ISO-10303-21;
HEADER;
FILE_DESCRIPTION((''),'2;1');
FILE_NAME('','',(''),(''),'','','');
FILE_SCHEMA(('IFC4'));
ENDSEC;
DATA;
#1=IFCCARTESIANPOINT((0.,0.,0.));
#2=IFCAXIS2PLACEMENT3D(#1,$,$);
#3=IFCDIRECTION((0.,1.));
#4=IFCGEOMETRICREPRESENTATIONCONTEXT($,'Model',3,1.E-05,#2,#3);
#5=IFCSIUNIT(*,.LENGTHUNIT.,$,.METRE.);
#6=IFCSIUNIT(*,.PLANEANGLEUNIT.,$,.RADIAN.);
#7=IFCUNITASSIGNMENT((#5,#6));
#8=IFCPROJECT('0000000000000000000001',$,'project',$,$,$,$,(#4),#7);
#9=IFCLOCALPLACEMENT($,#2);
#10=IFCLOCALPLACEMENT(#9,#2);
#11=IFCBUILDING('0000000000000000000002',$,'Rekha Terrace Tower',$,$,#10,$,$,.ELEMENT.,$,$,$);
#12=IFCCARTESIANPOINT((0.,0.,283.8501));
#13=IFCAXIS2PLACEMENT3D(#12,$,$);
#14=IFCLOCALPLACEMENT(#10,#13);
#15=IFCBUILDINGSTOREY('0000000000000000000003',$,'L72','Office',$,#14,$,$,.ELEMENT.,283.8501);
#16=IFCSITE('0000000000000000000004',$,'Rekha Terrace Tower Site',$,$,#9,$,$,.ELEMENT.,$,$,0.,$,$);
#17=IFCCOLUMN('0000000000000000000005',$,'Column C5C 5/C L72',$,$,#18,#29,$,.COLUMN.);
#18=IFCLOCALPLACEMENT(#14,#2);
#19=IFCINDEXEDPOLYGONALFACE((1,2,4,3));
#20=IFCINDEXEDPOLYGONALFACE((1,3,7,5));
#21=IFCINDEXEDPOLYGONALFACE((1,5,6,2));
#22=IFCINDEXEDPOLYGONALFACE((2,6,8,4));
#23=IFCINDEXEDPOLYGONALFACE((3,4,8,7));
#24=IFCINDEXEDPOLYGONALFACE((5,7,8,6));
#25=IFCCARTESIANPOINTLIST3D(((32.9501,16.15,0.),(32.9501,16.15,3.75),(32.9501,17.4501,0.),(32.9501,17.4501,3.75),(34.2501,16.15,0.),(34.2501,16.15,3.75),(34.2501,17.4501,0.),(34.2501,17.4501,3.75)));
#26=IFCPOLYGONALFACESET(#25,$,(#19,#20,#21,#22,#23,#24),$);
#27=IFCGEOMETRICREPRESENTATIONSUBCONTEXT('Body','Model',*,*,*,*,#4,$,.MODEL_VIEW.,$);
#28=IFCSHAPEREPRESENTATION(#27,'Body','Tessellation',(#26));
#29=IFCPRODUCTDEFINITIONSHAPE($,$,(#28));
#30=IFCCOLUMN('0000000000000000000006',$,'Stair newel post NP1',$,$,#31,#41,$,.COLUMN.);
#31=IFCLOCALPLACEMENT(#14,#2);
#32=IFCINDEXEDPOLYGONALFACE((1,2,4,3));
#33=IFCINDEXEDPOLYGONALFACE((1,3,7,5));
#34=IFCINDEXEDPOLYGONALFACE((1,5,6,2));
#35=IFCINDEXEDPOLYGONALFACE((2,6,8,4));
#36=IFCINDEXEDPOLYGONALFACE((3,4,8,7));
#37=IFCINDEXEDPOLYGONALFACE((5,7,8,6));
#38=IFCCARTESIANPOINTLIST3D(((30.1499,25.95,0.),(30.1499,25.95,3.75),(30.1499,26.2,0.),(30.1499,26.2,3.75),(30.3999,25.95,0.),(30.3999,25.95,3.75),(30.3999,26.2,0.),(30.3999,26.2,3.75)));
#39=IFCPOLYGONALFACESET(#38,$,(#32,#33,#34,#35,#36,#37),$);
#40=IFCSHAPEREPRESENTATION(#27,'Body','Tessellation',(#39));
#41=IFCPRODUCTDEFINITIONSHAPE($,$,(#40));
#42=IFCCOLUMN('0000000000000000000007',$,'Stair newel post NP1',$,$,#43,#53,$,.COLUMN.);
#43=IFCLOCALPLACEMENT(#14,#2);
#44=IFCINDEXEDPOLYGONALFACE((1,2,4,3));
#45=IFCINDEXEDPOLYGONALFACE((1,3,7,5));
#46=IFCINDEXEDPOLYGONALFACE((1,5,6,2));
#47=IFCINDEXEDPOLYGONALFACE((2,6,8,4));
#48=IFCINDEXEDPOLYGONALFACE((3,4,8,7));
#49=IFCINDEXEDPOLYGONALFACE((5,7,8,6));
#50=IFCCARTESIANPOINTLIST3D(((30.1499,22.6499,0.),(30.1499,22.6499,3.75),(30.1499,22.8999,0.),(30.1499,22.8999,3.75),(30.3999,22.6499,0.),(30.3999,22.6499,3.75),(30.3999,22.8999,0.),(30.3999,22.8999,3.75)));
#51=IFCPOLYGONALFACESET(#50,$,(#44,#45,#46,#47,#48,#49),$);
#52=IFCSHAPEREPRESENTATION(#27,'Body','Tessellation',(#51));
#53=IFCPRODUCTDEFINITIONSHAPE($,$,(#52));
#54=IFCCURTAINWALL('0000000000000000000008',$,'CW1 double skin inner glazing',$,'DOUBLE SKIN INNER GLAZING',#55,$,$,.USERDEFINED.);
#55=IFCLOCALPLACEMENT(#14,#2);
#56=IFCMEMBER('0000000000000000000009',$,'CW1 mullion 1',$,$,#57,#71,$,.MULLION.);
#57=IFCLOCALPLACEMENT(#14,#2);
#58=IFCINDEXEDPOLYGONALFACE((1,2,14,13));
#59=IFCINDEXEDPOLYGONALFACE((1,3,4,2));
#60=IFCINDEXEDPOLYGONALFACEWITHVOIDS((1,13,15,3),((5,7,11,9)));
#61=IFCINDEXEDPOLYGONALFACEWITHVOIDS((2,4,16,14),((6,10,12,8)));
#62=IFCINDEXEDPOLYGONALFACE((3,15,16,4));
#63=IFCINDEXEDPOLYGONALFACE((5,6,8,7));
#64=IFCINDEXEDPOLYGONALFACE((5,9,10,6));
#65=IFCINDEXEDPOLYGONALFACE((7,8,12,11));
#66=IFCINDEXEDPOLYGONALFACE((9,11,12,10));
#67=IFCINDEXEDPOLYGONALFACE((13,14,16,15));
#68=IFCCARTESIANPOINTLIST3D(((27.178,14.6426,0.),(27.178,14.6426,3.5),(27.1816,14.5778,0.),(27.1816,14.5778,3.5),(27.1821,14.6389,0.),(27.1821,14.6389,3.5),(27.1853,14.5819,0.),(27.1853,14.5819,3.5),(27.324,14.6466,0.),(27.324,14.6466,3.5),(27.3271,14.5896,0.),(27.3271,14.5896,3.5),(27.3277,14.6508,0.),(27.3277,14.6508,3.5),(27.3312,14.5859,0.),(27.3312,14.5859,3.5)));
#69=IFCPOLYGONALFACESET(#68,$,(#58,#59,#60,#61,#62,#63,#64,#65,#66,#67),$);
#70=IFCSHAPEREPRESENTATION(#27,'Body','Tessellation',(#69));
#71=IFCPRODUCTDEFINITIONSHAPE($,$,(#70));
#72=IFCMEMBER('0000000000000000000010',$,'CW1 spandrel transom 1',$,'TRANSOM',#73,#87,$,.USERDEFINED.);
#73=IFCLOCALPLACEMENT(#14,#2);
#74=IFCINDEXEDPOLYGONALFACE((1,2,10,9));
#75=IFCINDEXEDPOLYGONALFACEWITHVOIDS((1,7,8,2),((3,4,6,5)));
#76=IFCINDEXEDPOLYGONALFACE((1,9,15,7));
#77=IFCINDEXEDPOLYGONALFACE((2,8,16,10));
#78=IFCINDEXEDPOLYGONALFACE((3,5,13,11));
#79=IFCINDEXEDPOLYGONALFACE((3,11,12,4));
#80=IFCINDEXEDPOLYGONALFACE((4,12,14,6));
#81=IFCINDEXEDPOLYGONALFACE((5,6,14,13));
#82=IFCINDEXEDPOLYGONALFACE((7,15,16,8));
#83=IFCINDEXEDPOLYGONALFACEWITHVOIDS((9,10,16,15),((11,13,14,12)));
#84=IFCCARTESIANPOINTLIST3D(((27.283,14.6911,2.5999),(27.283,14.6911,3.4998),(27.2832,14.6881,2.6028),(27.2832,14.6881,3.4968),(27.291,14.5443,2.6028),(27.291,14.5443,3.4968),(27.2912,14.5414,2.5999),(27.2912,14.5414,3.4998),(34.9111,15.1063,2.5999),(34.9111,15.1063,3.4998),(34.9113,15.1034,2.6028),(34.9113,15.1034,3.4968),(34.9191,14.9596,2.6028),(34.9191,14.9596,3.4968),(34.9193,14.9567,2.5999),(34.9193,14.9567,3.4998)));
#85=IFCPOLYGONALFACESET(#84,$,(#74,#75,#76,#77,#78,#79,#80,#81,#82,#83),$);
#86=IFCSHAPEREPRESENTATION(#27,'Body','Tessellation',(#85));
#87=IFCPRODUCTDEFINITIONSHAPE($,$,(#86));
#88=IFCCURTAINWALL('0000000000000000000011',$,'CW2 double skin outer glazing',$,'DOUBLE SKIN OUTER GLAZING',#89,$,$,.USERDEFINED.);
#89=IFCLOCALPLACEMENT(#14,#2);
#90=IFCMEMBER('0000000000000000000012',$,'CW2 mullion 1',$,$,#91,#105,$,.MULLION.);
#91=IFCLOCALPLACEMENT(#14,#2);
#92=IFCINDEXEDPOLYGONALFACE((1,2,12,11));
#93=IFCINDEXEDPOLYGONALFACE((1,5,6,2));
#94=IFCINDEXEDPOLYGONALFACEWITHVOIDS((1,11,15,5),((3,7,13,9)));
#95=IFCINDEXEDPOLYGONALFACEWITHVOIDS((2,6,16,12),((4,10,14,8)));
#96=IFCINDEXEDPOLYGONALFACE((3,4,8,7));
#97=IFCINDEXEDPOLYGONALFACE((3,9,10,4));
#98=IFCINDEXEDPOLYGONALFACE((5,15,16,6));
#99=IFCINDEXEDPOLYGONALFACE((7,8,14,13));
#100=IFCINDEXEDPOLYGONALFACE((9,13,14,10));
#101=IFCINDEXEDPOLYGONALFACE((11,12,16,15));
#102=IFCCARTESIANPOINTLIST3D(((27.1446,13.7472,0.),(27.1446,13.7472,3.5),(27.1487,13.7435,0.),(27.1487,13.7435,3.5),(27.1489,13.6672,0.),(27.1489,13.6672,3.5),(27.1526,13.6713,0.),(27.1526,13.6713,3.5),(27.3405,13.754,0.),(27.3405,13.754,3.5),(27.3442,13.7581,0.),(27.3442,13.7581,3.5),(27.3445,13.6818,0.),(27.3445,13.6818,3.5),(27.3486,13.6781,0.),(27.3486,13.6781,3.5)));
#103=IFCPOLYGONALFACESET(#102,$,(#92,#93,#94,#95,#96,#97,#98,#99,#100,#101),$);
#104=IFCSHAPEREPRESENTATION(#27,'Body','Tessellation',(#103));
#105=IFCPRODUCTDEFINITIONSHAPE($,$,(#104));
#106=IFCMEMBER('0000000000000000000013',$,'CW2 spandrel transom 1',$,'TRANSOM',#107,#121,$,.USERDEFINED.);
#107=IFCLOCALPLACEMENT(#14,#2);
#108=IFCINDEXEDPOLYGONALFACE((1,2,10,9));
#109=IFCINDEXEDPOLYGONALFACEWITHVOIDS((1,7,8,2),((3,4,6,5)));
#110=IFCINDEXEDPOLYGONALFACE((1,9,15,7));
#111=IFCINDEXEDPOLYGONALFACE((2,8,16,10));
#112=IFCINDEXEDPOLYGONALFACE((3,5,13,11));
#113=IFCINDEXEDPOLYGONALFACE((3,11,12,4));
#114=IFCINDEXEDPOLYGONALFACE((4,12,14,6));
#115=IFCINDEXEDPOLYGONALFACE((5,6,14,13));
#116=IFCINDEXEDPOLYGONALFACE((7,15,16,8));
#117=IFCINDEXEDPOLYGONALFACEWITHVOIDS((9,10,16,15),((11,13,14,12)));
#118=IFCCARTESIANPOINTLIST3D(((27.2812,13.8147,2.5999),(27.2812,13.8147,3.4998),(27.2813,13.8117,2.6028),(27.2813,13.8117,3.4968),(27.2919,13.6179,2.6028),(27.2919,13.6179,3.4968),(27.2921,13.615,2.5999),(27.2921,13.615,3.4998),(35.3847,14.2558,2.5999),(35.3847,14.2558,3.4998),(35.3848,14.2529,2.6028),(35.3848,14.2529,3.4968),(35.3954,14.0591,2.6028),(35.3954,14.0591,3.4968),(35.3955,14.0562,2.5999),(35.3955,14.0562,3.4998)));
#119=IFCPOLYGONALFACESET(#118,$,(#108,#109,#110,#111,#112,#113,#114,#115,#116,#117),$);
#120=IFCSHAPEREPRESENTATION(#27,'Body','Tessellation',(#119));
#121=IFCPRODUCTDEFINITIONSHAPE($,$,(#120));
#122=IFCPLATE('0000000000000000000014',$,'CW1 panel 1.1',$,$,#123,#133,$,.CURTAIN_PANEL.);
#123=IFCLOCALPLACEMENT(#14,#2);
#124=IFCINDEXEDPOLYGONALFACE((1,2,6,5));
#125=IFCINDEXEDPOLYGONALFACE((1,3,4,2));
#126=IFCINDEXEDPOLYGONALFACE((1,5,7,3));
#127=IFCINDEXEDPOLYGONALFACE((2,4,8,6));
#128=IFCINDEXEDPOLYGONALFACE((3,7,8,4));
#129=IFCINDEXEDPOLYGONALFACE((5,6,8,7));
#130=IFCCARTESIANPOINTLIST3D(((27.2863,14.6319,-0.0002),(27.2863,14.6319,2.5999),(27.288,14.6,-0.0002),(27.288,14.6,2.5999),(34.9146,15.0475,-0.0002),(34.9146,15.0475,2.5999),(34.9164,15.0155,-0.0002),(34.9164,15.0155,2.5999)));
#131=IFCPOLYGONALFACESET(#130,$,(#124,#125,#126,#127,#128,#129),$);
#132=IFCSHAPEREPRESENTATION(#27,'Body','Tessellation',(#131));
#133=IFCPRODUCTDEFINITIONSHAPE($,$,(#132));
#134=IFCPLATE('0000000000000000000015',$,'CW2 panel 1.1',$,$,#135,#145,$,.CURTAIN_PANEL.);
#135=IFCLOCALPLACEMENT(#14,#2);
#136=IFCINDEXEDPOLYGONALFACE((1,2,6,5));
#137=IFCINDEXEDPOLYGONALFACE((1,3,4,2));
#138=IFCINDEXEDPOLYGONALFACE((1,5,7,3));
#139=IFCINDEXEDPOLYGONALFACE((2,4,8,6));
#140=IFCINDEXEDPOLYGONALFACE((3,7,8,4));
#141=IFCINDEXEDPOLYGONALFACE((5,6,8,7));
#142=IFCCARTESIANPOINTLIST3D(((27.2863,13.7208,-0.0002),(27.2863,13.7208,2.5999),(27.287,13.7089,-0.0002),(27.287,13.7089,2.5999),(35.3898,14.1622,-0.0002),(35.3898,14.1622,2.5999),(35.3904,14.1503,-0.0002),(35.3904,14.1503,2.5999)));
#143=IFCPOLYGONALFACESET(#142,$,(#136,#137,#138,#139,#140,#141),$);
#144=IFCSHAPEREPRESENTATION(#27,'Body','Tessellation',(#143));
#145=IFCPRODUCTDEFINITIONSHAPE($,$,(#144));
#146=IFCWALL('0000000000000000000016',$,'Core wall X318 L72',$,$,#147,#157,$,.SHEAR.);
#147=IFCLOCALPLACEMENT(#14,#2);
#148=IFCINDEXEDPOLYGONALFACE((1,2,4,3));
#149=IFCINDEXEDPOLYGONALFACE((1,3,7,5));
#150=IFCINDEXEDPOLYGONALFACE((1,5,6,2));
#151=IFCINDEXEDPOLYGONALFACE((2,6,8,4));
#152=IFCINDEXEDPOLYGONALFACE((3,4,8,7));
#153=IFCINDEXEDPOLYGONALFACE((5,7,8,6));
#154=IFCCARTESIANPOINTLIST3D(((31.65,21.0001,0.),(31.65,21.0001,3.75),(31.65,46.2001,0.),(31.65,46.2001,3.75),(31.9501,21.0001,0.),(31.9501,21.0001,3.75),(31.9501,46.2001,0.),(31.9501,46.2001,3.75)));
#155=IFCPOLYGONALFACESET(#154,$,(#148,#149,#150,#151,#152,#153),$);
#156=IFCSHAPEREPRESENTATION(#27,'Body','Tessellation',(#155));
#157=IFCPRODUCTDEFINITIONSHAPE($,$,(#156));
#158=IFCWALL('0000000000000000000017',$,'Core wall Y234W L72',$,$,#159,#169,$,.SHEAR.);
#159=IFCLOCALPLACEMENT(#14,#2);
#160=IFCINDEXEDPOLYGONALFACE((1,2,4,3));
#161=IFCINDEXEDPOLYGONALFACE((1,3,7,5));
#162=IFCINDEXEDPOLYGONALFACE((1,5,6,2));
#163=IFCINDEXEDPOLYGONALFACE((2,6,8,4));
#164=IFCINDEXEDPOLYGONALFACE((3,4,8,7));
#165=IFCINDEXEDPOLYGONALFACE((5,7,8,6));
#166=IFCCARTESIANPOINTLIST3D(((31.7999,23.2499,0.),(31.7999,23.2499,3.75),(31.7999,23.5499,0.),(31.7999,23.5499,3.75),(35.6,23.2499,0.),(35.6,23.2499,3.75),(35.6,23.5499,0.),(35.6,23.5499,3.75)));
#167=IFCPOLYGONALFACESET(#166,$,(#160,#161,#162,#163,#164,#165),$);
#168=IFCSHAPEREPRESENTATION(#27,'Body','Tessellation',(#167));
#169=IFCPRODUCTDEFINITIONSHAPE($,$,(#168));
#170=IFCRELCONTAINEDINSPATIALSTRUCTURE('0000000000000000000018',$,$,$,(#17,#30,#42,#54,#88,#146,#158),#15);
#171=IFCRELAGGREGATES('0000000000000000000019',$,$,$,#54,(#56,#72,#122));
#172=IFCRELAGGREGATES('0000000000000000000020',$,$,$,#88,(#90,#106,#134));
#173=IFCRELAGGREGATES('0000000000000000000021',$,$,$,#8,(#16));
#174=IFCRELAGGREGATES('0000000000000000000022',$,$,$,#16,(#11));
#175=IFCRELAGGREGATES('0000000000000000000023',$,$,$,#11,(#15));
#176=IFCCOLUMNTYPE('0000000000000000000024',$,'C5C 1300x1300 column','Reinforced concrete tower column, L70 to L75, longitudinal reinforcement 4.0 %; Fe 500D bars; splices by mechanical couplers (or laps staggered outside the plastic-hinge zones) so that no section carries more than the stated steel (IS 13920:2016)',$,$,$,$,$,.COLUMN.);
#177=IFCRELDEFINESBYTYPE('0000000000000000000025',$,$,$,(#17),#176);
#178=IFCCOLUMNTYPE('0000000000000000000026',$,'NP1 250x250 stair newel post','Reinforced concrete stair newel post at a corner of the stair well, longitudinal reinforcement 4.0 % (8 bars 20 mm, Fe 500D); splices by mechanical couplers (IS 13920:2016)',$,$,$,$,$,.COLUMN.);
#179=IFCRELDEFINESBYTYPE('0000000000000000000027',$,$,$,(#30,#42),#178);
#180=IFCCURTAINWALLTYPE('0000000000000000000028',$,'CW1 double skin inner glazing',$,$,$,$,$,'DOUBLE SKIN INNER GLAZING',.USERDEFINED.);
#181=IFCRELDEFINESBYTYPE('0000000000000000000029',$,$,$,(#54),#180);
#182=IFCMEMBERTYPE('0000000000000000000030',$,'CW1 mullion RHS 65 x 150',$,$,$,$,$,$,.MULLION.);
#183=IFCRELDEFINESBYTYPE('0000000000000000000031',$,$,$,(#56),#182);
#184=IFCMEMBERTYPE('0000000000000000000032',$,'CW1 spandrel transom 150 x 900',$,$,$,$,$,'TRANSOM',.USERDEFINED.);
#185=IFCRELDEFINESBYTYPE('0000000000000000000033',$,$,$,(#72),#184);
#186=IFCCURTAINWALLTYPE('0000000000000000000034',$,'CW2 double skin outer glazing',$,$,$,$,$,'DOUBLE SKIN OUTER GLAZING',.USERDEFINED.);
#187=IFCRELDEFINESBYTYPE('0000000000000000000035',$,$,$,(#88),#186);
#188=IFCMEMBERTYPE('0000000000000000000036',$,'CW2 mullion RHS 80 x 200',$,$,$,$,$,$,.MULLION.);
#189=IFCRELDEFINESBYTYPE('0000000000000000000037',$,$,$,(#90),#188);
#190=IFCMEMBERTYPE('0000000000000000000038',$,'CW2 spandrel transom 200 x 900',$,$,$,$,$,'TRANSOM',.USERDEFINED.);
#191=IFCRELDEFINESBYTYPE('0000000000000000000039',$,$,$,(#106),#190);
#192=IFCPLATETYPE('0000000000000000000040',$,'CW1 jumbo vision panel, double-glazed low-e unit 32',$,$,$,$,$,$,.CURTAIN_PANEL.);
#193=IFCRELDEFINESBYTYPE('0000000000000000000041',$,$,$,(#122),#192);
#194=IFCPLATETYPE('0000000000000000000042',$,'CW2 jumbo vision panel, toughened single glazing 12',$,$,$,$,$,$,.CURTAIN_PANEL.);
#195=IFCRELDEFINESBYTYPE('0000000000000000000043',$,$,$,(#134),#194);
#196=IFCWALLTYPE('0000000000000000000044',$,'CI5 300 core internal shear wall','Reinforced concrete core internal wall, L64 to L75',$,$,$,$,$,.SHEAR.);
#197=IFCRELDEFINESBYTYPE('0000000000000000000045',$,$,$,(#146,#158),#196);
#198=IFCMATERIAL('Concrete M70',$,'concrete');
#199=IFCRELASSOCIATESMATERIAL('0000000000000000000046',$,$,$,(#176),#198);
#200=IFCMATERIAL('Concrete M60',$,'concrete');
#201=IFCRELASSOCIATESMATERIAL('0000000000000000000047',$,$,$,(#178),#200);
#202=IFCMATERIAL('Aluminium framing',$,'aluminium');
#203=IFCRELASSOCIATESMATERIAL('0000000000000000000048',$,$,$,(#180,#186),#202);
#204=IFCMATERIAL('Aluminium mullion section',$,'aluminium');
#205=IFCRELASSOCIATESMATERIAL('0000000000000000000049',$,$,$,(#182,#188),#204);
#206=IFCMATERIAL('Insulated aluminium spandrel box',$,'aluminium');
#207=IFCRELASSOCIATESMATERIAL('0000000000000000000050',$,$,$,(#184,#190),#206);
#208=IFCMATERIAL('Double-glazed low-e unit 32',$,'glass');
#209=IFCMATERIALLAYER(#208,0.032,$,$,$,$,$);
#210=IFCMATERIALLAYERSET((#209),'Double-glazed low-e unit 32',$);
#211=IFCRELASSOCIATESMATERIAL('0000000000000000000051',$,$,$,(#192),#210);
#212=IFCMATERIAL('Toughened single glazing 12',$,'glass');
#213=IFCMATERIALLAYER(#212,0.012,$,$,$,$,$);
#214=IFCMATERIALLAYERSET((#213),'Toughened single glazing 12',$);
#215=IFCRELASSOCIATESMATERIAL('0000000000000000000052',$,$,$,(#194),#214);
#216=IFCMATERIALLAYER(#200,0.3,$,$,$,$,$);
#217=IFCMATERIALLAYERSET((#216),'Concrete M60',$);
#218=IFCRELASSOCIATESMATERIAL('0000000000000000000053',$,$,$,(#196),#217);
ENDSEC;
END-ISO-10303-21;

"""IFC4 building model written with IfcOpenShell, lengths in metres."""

from ifc_helpers import new_model, si_unit, direction, frame, frame_2d, origin, origin_2d, place, context, subcontext, project, spatial, rectangle, hollow_rectangle, extrude, material, layer, layer_set, material_profile, profile_set, type_object, element, aggregate, save


model = new_model("IFC4")

# Units and contexts
model_context = context("Model", 3, precision=1e-05, world=origin(), true_north=direction((0.0, 1.0)))
body_context = subcontext(model_context, "Body", "Model", "MODEL_VIEW")
ifc_project = project(units=[si_unit("LENGTHUNIT", "METRE"), si_unit("PLANEANGLEUNIT", "RADIAN")], contexts=[model_context])

# Site, building, storey
site_placement = place(None, origin())
site = spatial("IfcSite", under=ifc_project, at=site_placement, Name="Rekha Terrace Tower Site", CompositionType="ELEMENT", RefElevation=0.0)
building_placement = place(site_placement, origin())
building = spatial("IfcBuilding", under=site, at=building_placement, Name="Rekha Terrace Tower", CompositionType="ELEMENT")
storey_placement = place(building_placement, frame((0.0, 0.0, 283.8501)))
storey = spatial("IfcBuildingStorey", under=building, at=storey_placement, Name="L72", Description="Office", CompositionType="ELEMENT", Elevation=283.8501)

# Columns
ifc_material_1 = material(Name="Concrete M70", Category="concrete")
ifc_material_profile_1 = material_profile(ifc_material_1, rectangle(XDim=1.3, YDim=1.3, at=origin_2d()), Name="RC 1300x1300")
ifc_profile_set_1 = profile_set([ifc_material_profile_1], Name="Concrete M70")
column_type_1 = type_object("IfcColumnType", Name="C5C 1300x1300 column", Description="Reinforced concrete tower column, L70 to L75, longitudinal reinforcement 4.0 %; Fe 500D bars; splices by mechanical couplers (or laps staggered outside the plastic-hinge zones) so that no section carries more than the stated steel (IS 13920:2016)", PredefinedType="COLUMN", material=ifc_profile_set_1)
column_placement = place(storey_placement, frame((33.6001, 16.8, 0.0), z_axis=(0.0, 0.0, 1.0), x_axis=(1.0, 0.0, 0.0)))
element("IfcColumn", 1, at=column_placement, inside=storey, type_object=column_type_1, Name="Column C5C 5/C L72", PredefinedType="COLUMN", context=body_context, shape_type="SweptSolid", body=[
    extrude(rectangle(XDim=1.3, YDim=1.3, at=origin_2d()), origin(), (0.0, 0.0, 1.0), 3.75),
])
ifc_material_2 = material(Name="Concrete M60", Category="concrete")
ifc_material_profile_2 = material_profile(ifc_material_2, rectangle(XDim=0.25, YDim=0.25, at=origin_2d()), Name="RC 250x250")
ifc_profile_set_2 = profile_set([ifc_material_profile_2], Name="Concrete M60")
column_type_2 = type_object("IfcColumnType", Name="NP1 250x250 stair newel post", Description="Reinforced concrete stair newel post at a corner of the stair well, longitudinal reinforcement 4.0 % (8 bars 20 mm, Fe 500D); splices by mechanical couplers (IS 13920:2016)", PredefinedType="COLUMN", material=ifc_profile_set_2)
for number, where, z_axis, x_axis, name in (
    (2, (30.2749, 26.075, 0.0), (0.0, 0.0, 1.0), (1.0, 0.0, 0.0), "Stair newel post NP1"),
    (3, (30.2749, 22.7749, 0.0), (0.0, 0.0, 1.0), (1.0, 0.0, 0.0), "Stair newel post NP1"),
):
    element("IfcColumn", number, at=place(storey_placement, frame(where, z_axis=z_axis, x_axis=x_axis)), inside=storey, type_object=column_type_2, Name=name, PredefinedType="COLUMN", context=body_context, shape_type="SweptSolid", body=[
        extrude(rectangle(XDim=0.25, YDim=0.25, at=origin_2d()), origin(), (0.0, 0.0, 1.0), 3.75),
    ])

# Curtain walls, members
ifc_material_3 = material(Name="Aluminium framing", Category="aluminium")
curtain_wall_type_1 = type_object("IfcCurtainWallType", Name="CW1 double skin inner glazing", ElementType="DOUBLE SKIN INNER GLAZING", PredefinedType="USERDEFINED", material=ifc_material_3)
curtain_wall_1_placement = place(storey_placement, origin())
curtain_wall_1 = element("IfcCurtainWall", 4, at=curtain_wall_1_placement, inside=storey, type_object=curtain_wall_type_1, Name="CW1 double skin inner glazing", ObjectType="DOUBLE SKIN INNER GLAZING", PredefinedType="USERDEFINED")
ifc_material_4 = material(Name="Aluminium mullion section", Category="aluminium")
ifc_material_profile_3 = material_profile(ifc_material_4, hollow_rectangle(XDim=0.0649, YDim=0.1499, WallThickness=0.0039, at=origin_2d()), Name="AL RHS 65x150")
ifc_profile_set_3 = profile_set([ifc_material_profile_3], Name="Aluminium mullion section")
member_type_1 = type_object("IfcMemberType", Name="CW1 mullion RHS 65 x 150", PredefinedType="MULLION", material=ifc_profile_set_3)
member_1_placement = place(storey_placement, frame((27.2546, 14.6143, 0.0), z_axis=(0.0, 0.0, 1.0), x_axis=(-0.054389, 0.99852, 0.0)))
member_1 = element("IfcMember", 5, at=member_1_placement, type_object=member_type_1, Name="CW1 mullion 1", PredefinedType="MULLION", context=body_context, shape_type="SweptSolid", body=[
    extrude(hollow_rectangle(XDim=0.0649, YDim=0.1499, WallThickness=0.0039, at=origin_2d()), origin(), (0.0, 0.0, 1.0), 3.5),
])
ifc_material_5 = material(Name="Insulated aluminium spandrel box", Category="aluminium")
ifc_material_profile_4 = material_profile(ifc_material_5, hollow_rectangle(XDim=0.1499, YDim=0.8999, WallThickness=0.0029, at=origin_2d()), Name="AL SPANDREL BOX 150x900")
ifc_profile_set_4 = profile_set([ifc_material_profile_4], Name="Insulated aluminium spandrel box")
member_type_2 = type_object("IfcMemberType", Name="CW1 spandrel transom 150 x 900", ElementType="TRANSOM", PredefinedType="USERDEFINED", material=ifc_profile_set_4)
member_2_placement = place(storey_placement, frame((27.2871, 14.6162, 3.0498), z_axis=(0.998521, 0.05436, 0.0), x_axis=(-0.05436, 0.998521, 0.0)))
member_2 = element("IfcMember", 6, at=member_2_placement, type_object=member_type_2, Name="CW1 spandrel transom 1", ObjectType="TRANSOM", PredefinedType="USERDEFINED", context=body_context, shape_type="SweptSolid", body=[
    extrude(hollow_rectangle(XDim=0.1499, YDim=0.8999, WallThickness=0.0029, at=origin_2d()), origin(), (0.0, 0.0, 1.0), 7.6394),
])
curtain_wall_type_2 = type_object("IfcCurtainWallType", Name="CW2 double skin outer glazing", ElementType="DOUBLE SKIN OUTER GLAZING", PredefinedType="USERDEFINED", material=ifc_material_3)
curtain_wall_2_placement = place(storey_placement, origin())
curtain_wall_2 = element("IfcCurtainWall", 7, at=curtain_wall_2_placement, inside=storey, type_object=curtain_wall_type_2, Name="CW2 double skin outer glazing", ObjectType="DOUBLE SKIN OUTER GLAZING", PredefinedType="USERDEFINED")
ifc_material_profile_5 = material_profile(ifc_material_4, hollow_rectangle(XDim=0.0801, YDim=0.2, WallThickness=0.0039, at=origin_2d()), Name="AL RHS 80x200")
ifc_profile_set_5 = profile_set([ifc_material_profile_5], Name="Aluminium mullion section")
member_type_3 = type_object("IfcMemberType", Name="CW2 mullion RHS 80 x 200", PredefinedType="MULLION", material=ifc_profile_set_5)
member_3_placement = place(storey_placement, frame((27.2466, 13.7126, 0.0), z_axis=(0.0, 0.0, 1.0), x_axis=(-0.054389, 0.99852, 0.0)))
member_3 = element("IfcMember", 8, at=member_3_placement, type_object=member_type_3, Name="CW2 mullion 1", PredefinedType="MULLION", context=body_context, shape_type="SweptSolid", body=[
    extrude(hollow_rectangle(XDim=0.0801, YDim=0.2, WallThickness=0.0039, at=origin_2d()), origin(), (0.0, 0.0, 1.0), 3.5),
])
ifc_material_profile_6 = material_profile(ifc_material_5, hollow_rectangle(XDim=0.2, YDim=0.8999, WallThickness=0.0029, at=origin_2d()), Name="AL SPANDREL BOX 200x900")
ifc_profile_set_6 = profile_set([ifc_material_profile_6], Name="Insulated aluminium spandrel box")
member_type_4 = type_object("IfcMemberType", Name="CW2 spandrel transom 200 x 900", ElementType="TRANSOM", PredefinedType="USERDEFINED", material=ifc_profile_set_6)
member_4_placement = place(storey_placement, frame((27.2866, 13.7148, 3.0498), z_axis=(0.998521, 0.05436, 0.0), x_axis=(-0.05436, 0.998521, 0.0)))
member_4 = element("IfcMember", 9, at=member_4_placement, type_object=member_type_4, Name="CW2 spandrel transom 1", ObjectType="TRANSOM", PredefinedType="USERDEFINED", context=body_context, shape_type="SweptSolid", body=[
    extrude(hollow_rectangle(XDim=0.2, YDim=0.8999, WallThickness=0.0029, at=origin_2d()), origin(), (0.0, 0.0, 1.0), 8.1155),
])

# Plates
ifc_material_6 = material(Name="Double-glazed low-e unit 32", Category="glass")
ifc_layer_1 = layer(ifc_material_6, 0.032)
ifc_layer_set_1 = layer_set([ifc_layer_1], Name="Double-glazed low-e unit 32")
plate_type_1 = type_object("IfcPlateType", Name="CW1 jumbo vision panel, double-glazed low-e unit 32", PredefinedType="CURTAIN_PANEL", material=ifc_layer_set_1)
plate_1_placement = place(storey_placement, frame((31.1013, 14.8237, -0.0002), z_axis=(0.0, 0.0, 1.0), x_axis=(0.99852, 0.054389, 0.0)))
plate_1 = element("IfcPlate", 10, at=plate_1_placement, type_object=plate_type_1, Name="CW1 panel 1.1", PredefinedType="CURTAIN_PANEL", context=body_context, shape_type="SweptSolid", body=[
    extrude(rectangle(XDim=7.6396, YDim=0.032, at=origin_2d()), origin(), (0.0, 0.0, 1.0), 2.6001),
])
aggregate(curtain_wall_1, [member_1, member_2, plate_1])
ifc_material_7 = material(Name="Toughened single glazing 12", Category="glass")
ifc_layer_2 = layer(ifc_material_7, 0.012)
ifc_layer_set_2 = layer_set([ifc_layer_2], Name="Toughened single glazing 12")
plate_type_2 = type_object("IfcPlateType", Name="CW2 jumbo vision panel, toughened single glazing 12", PredefinedType="CURTAIN_PANEL", material=ifc_layer_set_2)
plate_2_placement = place(storey_placement, frame((31.3384, 13.9355, -0.0002), z_axis=(0.0, 0.0, 1.0), x_axis=(0.99852, 0.054389, 0.0)))
plate_2 = element("IfcPlate", 11, at=plate_2_placement, type_object=plate_type_2, Name="CW2 panel 1.1", PredefinedType="CURTAIN_PANEL", context=body_context, shape_type="SweptSolid", body=[
    extrude(rectangle(XDim=8.1155, YDim=0.012, at=origin_2d()), origin(), (0.0, 0.0, 1.0), 2.6001),
])
aggregate(curtain_wall_2, [member_3, member_4, plate_2])

# Walls
ifc_layer_3 = layer(ifc_material_2, 0.3)
ifc_layer_set_3 = layer_set([ifc_layer_3], Name="Concrete M60")
wall_type_1 = type_object("IfcWallType", Name="CI5 300 core internal shear wall", Description="Reinforced concrete core internal wall, L64 to L75", PredefinedType="SHEAR", material=ifc_layer_set_3)
wall_1_placement = place(storey_placement, frame((31.8, 21.0, 0.0), z_axis=(0.0, 0.0, 1.0), x_axis=(0.0, 1.0, 0.0)))
element("IfcWall", 12, at=wall_1_placement, inside=storey, type_object=wall_type_1, Name="Core wall X318 L72", PredefinedType="SHEAR", context=body_context, shape_type="SweptSolid", body=[
    extrude(rectangle(XDim=25.2, YDim=0.3, at=frame_2d((12.6001, 0.0))), origin(), (0.0, 0.0, 1.0), 3.75),
])
wall_2_placement = place(storey_placement, frame((31.8, 23.3999, 0.0), z_axis=(0.0, 0.0, 1.0), x_axis=(1.0, 0.0, 0.0)))
element("IfcWall", 13, at=wall_2_placement, inside=storey, type_object=wall_type_1, Name="Core wall Y234W L72", PredefinedType="SHEAR", context=body_context, shape_type="SweptSolid", body=[
    extrude(rectangle(XDim=3.8, YDim=0.3, at=frame_2d((1.8999, 0.0))), origin(), (0.0, 0.0, 1.0), 3.75),
])

save(model, "model.ifc")
